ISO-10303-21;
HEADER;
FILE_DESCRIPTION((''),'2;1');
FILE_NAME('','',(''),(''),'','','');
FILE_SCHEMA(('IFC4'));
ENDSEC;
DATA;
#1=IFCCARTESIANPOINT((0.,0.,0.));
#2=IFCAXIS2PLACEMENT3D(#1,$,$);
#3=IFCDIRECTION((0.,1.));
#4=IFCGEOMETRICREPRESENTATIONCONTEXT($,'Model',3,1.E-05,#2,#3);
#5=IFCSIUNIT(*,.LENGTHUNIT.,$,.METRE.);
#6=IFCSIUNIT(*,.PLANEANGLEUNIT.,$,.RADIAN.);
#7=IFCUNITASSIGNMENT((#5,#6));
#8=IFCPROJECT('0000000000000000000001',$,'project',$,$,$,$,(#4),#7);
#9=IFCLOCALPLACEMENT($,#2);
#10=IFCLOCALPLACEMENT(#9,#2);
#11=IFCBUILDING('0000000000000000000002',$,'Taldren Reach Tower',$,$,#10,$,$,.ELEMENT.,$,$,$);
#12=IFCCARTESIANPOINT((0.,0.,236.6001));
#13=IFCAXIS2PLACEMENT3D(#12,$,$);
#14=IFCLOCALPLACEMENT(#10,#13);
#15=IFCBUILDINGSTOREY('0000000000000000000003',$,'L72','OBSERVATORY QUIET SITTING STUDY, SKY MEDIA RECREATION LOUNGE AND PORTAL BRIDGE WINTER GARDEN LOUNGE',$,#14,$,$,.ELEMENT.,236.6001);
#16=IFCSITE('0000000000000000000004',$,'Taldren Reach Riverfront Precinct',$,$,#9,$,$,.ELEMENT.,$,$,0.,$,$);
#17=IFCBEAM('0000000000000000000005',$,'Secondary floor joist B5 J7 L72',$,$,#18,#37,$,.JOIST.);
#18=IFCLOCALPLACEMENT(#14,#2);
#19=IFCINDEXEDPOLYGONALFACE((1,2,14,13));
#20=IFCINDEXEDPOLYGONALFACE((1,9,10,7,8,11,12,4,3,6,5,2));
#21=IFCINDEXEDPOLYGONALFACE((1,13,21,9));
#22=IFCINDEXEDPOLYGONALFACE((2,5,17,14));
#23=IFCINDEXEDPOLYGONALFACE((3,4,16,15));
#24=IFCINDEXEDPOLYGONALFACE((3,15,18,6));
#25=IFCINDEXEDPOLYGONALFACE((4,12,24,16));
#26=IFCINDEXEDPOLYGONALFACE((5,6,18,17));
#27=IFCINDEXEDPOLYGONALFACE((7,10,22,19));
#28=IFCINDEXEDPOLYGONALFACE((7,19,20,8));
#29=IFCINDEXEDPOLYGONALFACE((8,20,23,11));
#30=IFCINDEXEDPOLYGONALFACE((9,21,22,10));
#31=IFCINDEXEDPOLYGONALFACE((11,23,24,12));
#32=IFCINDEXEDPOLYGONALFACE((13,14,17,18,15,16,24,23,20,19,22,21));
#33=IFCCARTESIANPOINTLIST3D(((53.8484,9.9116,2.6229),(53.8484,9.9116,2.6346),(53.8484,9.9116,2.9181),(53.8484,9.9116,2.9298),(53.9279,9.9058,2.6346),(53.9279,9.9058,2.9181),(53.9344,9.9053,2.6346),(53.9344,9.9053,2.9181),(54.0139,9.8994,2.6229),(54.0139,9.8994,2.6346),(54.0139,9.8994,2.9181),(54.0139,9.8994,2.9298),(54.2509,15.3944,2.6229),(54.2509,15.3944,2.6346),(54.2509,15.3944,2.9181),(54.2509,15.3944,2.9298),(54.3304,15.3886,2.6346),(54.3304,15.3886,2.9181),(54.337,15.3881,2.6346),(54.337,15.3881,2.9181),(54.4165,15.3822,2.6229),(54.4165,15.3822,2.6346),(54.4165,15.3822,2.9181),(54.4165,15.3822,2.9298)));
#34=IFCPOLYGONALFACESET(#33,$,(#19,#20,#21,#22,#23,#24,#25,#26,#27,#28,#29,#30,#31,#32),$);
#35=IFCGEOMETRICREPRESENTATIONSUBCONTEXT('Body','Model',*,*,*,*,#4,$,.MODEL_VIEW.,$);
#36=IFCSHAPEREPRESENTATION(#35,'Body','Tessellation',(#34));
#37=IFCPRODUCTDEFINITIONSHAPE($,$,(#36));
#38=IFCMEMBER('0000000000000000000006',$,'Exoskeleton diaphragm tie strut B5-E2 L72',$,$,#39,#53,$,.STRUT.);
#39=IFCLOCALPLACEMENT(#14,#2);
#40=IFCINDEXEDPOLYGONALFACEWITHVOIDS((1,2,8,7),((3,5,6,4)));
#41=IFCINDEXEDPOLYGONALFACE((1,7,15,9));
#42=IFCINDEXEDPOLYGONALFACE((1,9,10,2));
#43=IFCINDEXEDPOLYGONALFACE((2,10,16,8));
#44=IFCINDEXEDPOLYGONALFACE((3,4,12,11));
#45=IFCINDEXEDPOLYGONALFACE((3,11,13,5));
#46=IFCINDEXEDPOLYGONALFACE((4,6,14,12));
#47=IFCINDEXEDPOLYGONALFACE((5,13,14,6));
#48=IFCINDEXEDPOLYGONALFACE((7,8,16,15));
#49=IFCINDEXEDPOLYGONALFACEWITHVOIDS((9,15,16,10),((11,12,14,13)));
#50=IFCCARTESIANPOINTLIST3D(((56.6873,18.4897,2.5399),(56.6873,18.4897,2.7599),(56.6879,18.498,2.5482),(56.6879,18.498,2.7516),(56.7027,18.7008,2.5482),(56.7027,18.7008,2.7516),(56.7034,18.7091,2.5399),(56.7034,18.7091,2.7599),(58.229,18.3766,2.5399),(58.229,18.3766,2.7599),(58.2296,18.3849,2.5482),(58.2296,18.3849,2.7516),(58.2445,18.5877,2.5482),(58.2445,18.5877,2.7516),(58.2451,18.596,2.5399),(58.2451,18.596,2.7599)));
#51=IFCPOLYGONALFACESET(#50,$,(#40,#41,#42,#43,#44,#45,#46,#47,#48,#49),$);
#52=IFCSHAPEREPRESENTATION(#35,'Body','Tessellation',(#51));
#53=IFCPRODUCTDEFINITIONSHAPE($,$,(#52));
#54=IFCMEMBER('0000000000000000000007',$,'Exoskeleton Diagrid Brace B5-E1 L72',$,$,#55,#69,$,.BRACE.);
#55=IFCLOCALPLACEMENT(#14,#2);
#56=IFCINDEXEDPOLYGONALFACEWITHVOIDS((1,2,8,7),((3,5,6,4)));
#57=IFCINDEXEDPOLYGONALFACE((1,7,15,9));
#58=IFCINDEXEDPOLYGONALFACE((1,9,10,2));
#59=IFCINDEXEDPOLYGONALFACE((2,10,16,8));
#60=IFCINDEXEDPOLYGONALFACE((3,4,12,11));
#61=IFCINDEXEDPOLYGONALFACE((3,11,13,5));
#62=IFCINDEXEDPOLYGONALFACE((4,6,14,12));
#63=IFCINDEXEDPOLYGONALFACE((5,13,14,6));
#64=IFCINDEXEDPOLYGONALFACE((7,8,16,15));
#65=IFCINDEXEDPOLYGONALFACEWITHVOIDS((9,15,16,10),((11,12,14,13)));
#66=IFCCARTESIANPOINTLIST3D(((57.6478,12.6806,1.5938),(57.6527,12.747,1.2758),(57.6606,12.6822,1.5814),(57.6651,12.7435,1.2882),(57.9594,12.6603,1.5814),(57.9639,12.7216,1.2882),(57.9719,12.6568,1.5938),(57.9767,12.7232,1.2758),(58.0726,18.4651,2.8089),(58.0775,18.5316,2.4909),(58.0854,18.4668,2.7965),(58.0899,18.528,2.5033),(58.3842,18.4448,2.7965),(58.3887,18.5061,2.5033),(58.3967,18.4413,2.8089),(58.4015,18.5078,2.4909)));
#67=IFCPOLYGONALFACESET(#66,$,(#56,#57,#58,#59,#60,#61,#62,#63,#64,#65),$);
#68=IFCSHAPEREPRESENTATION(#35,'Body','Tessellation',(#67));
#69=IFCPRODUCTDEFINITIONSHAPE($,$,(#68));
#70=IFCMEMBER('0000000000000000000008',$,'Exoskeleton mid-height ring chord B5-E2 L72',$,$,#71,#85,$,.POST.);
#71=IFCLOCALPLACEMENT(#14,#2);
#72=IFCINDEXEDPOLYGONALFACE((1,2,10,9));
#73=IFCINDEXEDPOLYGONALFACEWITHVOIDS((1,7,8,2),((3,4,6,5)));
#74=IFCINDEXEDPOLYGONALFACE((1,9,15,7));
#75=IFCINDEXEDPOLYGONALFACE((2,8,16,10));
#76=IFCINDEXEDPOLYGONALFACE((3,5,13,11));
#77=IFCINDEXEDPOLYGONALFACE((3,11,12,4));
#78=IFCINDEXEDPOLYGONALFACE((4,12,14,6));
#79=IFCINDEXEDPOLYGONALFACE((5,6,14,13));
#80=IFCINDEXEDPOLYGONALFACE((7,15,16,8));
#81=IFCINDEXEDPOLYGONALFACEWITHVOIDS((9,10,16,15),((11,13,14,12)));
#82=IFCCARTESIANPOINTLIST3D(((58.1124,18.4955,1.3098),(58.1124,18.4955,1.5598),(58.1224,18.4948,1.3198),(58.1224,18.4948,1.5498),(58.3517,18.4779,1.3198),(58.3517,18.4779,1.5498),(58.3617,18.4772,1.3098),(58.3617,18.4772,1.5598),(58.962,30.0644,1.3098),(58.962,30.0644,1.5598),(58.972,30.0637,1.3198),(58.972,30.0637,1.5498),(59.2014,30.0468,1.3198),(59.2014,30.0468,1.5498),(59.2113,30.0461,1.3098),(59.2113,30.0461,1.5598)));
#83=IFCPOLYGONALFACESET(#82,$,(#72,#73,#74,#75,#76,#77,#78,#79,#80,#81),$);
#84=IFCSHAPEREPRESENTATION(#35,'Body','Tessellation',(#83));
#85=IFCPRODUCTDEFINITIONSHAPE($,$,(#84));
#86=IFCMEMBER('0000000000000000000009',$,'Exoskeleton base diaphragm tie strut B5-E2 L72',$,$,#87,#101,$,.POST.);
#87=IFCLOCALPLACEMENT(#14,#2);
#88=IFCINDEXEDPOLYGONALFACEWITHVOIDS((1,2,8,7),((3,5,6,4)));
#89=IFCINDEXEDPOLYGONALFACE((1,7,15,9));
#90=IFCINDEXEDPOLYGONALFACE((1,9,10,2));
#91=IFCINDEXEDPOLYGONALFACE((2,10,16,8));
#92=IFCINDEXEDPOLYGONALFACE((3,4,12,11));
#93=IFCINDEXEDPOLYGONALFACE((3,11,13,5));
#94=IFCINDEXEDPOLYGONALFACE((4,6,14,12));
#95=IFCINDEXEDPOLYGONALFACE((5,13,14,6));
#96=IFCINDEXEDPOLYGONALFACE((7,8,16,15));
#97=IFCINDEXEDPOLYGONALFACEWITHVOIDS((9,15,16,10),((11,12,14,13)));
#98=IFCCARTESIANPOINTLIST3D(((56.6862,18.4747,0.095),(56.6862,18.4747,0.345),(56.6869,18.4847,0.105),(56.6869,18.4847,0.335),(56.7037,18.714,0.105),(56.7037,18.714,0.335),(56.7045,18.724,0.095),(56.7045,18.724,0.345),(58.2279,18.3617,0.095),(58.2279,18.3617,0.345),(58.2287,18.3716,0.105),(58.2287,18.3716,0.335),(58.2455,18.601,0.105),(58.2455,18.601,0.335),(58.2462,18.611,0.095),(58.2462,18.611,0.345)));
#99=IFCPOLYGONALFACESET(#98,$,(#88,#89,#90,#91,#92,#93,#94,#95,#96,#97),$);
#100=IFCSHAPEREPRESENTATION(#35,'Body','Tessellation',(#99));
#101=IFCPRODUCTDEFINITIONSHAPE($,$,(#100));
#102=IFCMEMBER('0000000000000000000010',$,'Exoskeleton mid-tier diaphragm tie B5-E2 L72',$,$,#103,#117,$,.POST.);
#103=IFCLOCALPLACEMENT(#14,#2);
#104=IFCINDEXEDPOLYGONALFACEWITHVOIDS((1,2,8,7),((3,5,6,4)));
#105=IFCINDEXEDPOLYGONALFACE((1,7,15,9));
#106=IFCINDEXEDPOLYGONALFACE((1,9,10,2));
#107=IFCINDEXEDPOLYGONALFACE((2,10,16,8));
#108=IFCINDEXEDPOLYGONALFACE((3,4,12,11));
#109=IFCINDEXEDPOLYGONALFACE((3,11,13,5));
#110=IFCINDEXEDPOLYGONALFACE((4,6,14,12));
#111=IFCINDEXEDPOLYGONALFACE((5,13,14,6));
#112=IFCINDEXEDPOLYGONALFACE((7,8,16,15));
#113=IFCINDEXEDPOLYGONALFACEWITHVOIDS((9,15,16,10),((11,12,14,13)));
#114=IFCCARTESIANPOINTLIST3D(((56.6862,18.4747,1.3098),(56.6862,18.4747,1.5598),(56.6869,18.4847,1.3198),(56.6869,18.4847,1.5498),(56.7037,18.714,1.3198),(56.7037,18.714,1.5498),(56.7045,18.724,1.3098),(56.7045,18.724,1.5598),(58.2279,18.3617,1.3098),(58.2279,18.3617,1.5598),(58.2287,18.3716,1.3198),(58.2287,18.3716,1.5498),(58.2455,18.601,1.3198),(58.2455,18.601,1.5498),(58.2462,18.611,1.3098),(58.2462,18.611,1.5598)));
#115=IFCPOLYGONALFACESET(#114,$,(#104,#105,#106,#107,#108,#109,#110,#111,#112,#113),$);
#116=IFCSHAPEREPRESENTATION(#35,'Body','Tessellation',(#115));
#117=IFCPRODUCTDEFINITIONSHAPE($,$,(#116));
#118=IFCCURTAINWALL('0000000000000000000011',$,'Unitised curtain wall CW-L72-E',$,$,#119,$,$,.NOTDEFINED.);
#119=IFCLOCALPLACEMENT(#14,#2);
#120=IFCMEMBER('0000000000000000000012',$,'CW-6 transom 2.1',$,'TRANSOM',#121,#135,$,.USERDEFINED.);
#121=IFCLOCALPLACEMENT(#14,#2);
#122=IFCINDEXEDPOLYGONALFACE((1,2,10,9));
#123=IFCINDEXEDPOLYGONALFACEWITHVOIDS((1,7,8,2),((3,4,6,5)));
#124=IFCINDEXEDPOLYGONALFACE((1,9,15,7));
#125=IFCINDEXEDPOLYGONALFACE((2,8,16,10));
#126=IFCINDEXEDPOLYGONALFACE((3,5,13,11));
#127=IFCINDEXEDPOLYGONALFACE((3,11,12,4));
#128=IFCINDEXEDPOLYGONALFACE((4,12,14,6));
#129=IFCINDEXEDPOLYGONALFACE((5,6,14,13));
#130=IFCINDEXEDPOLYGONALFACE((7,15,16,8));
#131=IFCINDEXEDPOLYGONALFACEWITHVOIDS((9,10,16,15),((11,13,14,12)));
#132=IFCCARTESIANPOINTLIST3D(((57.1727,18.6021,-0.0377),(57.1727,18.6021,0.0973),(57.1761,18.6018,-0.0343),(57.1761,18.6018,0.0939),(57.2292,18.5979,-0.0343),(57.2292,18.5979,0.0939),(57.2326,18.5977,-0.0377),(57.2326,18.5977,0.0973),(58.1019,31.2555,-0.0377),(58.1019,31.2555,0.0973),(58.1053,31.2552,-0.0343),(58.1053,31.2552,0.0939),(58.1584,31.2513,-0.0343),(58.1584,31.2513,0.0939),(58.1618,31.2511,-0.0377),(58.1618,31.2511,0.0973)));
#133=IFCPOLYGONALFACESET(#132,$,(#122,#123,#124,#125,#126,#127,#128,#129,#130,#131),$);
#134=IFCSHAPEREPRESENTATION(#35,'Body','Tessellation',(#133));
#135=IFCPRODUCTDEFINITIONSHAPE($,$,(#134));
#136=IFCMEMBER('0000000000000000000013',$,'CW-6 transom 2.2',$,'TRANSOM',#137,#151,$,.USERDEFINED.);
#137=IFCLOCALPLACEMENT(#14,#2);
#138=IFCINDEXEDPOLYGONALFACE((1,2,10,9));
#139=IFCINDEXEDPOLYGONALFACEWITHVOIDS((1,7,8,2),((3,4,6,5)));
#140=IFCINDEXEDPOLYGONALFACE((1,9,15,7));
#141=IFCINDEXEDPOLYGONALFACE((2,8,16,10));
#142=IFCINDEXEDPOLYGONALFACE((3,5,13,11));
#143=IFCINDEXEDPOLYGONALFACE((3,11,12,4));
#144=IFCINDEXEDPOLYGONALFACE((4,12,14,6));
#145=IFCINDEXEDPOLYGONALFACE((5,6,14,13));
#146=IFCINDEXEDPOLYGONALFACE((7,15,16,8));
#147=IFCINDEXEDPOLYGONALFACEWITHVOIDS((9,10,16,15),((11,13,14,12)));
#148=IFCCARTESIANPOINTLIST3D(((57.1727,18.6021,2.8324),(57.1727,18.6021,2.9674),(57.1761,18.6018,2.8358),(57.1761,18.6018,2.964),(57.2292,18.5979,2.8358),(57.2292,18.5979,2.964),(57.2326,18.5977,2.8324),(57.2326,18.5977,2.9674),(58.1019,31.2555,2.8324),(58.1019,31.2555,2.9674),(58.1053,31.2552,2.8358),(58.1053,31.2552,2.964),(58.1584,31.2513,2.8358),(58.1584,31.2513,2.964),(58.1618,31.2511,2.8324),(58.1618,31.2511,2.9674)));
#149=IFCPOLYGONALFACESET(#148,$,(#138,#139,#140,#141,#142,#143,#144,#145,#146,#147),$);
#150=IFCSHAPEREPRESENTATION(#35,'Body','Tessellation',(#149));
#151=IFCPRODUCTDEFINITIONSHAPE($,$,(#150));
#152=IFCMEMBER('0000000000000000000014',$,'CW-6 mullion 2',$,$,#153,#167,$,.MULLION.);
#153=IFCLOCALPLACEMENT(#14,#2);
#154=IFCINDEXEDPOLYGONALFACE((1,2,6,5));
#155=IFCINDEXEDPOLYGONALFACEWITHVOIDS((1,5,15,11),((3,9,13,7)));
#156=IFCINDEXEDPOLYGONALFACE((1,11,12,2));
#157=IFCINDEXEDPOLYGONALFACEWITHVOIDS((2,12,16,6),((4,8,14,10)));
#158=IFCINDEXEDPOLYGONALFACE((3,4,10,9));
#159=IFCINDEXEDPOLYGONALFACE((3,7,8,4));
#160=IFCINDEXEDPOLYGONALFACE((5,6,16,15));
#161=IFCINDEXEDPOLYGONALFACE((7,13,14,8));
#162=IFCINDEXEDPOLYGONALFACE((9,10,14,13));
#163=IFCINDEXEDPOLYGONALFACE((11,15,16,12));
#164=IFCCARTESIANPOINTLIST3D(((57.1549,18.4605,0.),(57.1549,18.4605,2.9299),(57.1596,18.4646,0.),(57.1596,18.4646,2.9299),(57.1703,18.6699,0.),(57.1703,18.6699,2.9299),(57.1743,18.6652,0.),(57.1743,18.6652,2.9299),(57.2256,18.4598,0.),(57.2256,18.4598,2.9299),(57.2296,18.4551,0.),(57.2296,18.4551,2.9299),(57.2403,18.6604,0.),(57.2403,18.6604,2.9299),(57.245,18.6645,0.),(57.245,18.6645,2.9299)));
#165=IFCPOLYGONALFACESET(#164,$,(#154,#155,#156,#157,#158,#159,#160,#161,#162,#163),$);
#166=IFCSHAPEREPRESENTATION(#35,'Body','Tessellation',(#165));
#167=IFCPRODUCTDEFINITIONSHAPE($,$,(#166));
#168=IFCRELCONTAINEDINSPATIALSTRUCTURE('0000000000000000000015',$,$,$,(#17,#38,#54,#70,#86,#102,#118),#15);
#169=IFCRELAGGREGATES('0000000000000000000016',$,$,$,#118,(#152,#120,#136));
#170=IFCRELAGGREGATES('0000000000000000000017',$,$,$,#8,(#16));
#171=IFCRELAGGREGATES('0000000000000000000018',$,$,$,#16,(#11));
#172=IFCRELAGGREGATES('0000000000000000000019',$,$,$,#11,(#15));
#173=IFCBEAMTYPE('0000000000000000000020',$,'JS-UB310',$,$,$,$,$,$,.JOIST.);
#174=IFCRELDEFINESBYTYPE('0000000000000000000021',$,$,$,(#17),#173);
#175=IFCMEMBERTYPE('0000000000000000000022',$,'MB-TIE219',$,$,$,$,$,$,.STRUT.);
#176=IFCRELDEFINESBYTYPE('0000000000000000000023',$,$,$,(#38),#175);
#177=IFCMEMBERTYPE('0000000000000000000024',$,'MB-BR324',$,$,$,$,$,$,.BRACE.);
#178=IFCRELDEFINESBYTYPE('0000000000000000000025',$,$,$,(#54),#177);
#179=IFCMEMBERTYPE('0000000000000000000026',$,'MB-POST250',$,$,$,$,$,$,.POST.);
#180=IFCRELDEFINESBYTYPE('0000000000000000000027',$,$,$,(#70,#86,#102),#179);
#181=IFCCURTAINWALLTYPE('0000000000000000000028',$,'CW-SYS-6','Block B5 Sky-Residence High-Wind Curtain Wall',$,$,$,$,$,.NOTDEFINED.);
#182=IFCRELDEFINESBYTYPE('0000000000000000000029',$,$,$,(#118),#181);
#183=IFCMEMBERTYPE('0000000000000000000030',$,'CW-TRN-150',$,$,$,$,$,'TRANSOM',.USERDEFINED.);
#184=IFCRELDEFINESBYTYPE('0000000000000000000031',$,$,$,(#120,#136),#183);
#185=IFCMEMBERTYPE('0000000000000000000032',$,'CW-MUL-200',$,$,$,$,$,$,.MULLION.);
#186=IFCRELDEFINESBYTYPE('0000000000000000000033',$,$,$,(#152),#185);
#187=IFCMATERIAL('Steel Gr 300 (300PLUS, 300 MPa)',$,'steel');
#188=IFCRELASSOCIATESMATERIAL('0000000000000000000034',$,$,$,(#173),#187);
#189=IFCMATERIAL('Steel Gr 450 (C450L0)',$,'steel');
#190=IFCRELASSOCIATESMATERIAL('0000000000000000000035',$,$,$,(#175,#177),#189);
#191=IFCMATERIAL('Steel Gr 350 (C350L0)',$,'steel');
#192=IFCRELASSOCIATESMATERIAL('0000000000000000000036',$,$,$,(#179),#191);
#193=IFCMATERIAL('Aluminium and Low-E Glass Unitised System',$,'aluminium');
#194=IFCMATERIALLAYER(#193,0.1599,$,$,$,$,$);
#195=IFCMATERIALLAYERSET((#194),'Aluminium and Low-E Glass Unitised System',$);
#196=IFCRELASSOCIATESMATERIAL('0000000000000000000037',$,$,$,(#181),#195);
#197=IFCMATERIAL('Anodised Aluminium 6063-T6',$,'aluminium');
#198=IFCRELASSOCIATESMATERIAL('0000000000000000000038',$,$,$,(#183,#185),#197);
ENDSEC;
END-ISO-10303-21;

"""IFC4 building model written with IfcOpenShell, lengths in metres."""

from ifc_helpers import new_model, si_unit, direction, frame, origin, origin_2d, place, context, subcontext, project, spatial, hollow_rectangle, i_section, extrude, source, transform, mapped, material, layer, layer_set, material_profile, profile_set, type_object, element, aggregate, save


model = new_model("IFC4")

# Units and contexts
model_context = context("Model", 3, precision=1e-05, world=origin(), true_north=direction((0.0, 1.0)))
body_context = subcontext(model_context, "Body", "Model", "MODEL_VIEW")
ifc_project = project(units=[si_unit("LENGTHUNIT", "METRE"), si_unit("PLANEANGLEUNIT", "RADIAN")], contexts=[model_context])

# Site, building, storey
site_placement = place(None, origin())
site = spatial("IfcSite", under=ifc_project, at=site_placement, Name="Taldren Reach Riverfront Precinct", CompositionType="ELEMENT", RefElevation=0.0)
building_placement = place(site_placement, origin())
building = spatial("IfcBuilding", under=site, at=building_placement, Name="Taldren Reach Tower", CompositionType="ELEMENT")
storey_placement = place(building_placement, frame((0.0, 0.0, 236.6001)))
storey = spatial("IfcBuildingStorey", under=building, at=storey_placement, Name="L72", Description="OBSERVATORY QUIET SITTING STUDY, SKY MEDIA RECREATION LOUNGE AND PORTAL BRIDGE WINTER GARDEN LOUNGE", CompositionType="ELEMENT", Elevation=236.6001)

# Shared definitions
ifc_material_1 = material(Name="Steel Gr 450 (C450L0)", Category="steel")

# Beam
ifc_material_2 = material(Name="Steel Gr 300 (300PLUS, 300 MPa)", Category="steel")
ifc_material_profile_1 = material_profile(ifc_material_2, i_section(OverallWidth=0.166, OverallDepth=0.3069, WebThickness=0.0066, FlangeThickness=0.0117, at=origin_2d()), Name="310UB46.2")
ifc_profile_set_1 = profile_set([ifc_material_profile_1], Name="Steel Gr 300 (300PLUS, 300 MPa)")
beam_type_1 = type_object("IfcBeamType", Name="JS-UB310", PredefinedType="JOIST", material=ifc_profile_set_1)
shared_shape_1 = source(origin(), body_context, "Body", "SweptSolid", [
    extrude(i_section(OverallWidth=0.166, OverallDepth=0.3069, WebThickness=0.0066, FlangeThickness=0.0117, at=origin_2d()), origin(), (0.0, 0.0, 1.0), 5.4976),
])
beam_1_placement = place(storey_placement, frame((53.9312, 9.9055, 2.7764), z_axis=(0.073229, 0.997315, 0.0), x_axis=(-0.997315, 0.073229, 0.0)))
element("IfcBeam", 1, at=beam_1_placement, inside=storey, type_object=beam_type_1, Name="Secondary floor joist B5 J7 L72", PredefinedType="JOIST", context=body_context, shape_type="MappedRepresentation", body=[
    mapped(shared_shape_1, transform((0.0, 0.0, 0.0), scale=1.0)),
])

# Members
ifc_material_profile_2 = material_profile(ifc_material_1, hollow_rectangle(XDim=0.22, YDim=0.22, WallThickness=0.0083, at=origin_2d()), Name="220x220x8.2SHS")
ifc_profile_set_2 = profile_set([ifc_material_profile_2], Name="Steel Gr 450 (C450L0)")
member_type_1 = type_object("IfcMemberType", Name="MB-TIE219", PredefinedType="STRUT", material=ifc_profile_set_2)
shared_shape_2 = source(origin(), body_context, "Body", "SweptSolid", [
    extrude(hollow_rectangle(XDim=0.22, YDim=0.22, WallThickness=0.0083, at=origin_2d()), origin(), (0.0, 0.0, 1.0), 1.5459),
])
member_1_placement = place(storey_placement, frame((56.6953, 18.5994, 2.6499), z_axis=(0.997323, -0.073121, 0.0), x_axis=(0.073121, 0.997323, 0.0)))
element("IfcMember", 2, at=member_1_placement, inside=storey, type_object=member_type_1, Name="Exoskeleton diaphragm tie strut B5-E2 L72", PredefinedType="STRUT", context=body_context, shape_type="MappedRepresentation", body=[
    mapped(shared_shape_2, transform((0.0, 0.0, 0.0), scale=1.0)),
])
ifc_material_profile_3 = material_profile(ifc_material_1, hollow_rectangle(XDim=0.325, YDim=0.325, WallThickness=0.0127, at=origin_2d()), Name="325x325x12.7SHS")
ifc_profile_set_3 = profile_set([ifc_material_profile_3], Name="Steel Gr 450 (C450L0)")
member_type_2 = type_object("IfcMemberType", Name="MB-BR324", PredefinedType="BRACE", material=ifc_profile_set_3)
shared_shape_3 = source(origin(), body_context, "Body", "SweptSolid", [
    extrude(hollow_rectangle(XDim=0.325, YDim=0.325, WallThickness=0.0127, at=origin_2d()), origin(), (0.0, 0.0, 1.0), 5.926),
])
member_2_placement = place(storey_placement, frame((57.8123, 12.7019, 1.4348), z_axis=(0.071686, 0.976123, 0.205046), x_axis=(-0.997314, 0.073242, 0.0)))
element("IfcMember", 3, at=member_2_placement, inside=storey, type_object=member_type_2, Name="Exoskeleton Diagrid Brace B5-E1 L72", PredefinedType="BRACE", context=body_context, shape_type="MappedRepresentation", body=[
    mapped(shared_shape_3, transform((0.0, 0.0, 0.0), scale=1.0)),
])
ifc_material_3 = material(Name="Steel Gr 350 (C350L0)", Category="steel")
ifc_material_profile_4 = material_profile(ifc_material_3, hollow_rectangle(XDim=0.25, YDim=0.25, WallThickness=0.01, at=origin_2d()), Name="250x250x10.0SHS")
ifc_profile_set_4 = profile_set([ifc_material_profile_4], Name="Steel Gr 350 (C350L0)")
member_type_3 = type_object("IfcMemberType", Name="MB-POST250", PredefinedType="POST", material=ifc_profile_set_4)
shared_shape_4 = source(origin(), body_context, "Body", "SweptSolid", [
    extrude(hollow_rectangle(XDim=0.25, YDim=0.25, WallThickness=0.01, at=origin_2d()), origin(), (0.0, 0.0, 1.0), 11.6001),
])
member_3_placement = place(storey_placement, frame((58.2371, 18.4863, 1.4348), z_axis=(0.073242, 0.997314, 0.0), x_axis=(-0.997314, 0.073242, 0.0)))
element("IfcMember", 4, at=member_3_placement, inside=storey, type_object=member_type_3, Name="Exoskeleton mid-height ring chord B5-E2 L72", PredefinedType="POST", context=body_context, shape_type="MappedRepresentation", body=[
    mapped(shared_shape_4, transform((0.0, 0.0, 0.0), scale=1.0)),
])
shared_shape_5 = source(origin(), body_context, "Body", "SweptSolid", [
    extrude(hollow_rectangle(XDim=0.25, YDim=0.25, WallThickness=0.01, at=origin_2d()), origin(), (0.0, 0.0, 1.0), 1.5459),
])
for number, where, z_axis, x_axis, name in (
    (5, (56.6953, 18.5994, 0.22), (0.997323, -0.073121, 0.0), (0.073121, 0.997323, 0.0), "Exoskeleton base diaphragm tie strut B5-E2 L72"),
    (6, (56.6953, 18.5994, 1.4348), (0.997323, -0.073121, 0.0), (0.073121, 0.997323, 0.0), "Exoskeleton mid-tier diaphragm tie B5-E2 L72"),
):
    element("IfcMember", number, at=place(storey_placement, frame(where, z_axis=z_axis, x_axis=x_axis)), inside=storey, type_object=member_type_3, Name=name, PredefinedType="POST", context=body_context, shape_type="MappedRepresentation", body=[
        mapped(shared_shape_5, transform((0.0, 0.0, 0.0), scale=1.0)),
    ])

# Curtain wall, members
ifc_material_4 = material(Name="Aluminium and Low-E Glass Unitised System", Category="aluminium")
ifc_layer_1 = layer(ifc_material_4, 0.1599)
ifc_layer_set_1 = layer_set([ifc_layer_1], Name="Aluminium and Low-E Glass Unitised System")
curtain_wall_type = type_object("IfcCurtainWallType", Name="CW-SYS-6", Description="Block B5 Sky-Residence High-Wind Curtain Wall", PredefinedType="NOTDEFINED", material=ifc_layer_set_1)
curtain_wall_placement = place(storey_placement, origin())
curtain_wall = element("IfcCurtainWall", 7, at=curtain_wall_placement, inside=storey, type_object=curtain_wall_type, Name="Unitised curtain wall CW-L72-E", PredefinedType="NOTDEFINED")
ifc_material_5 = material(Name="Anodised Aluminium 6063-T6", Category="aluminium")
ifc_material_profile_5 = material_profile(ifc_material_5, hollow_rectangle(XDim=0.0601, YDim=0.135, WallThickness=0.0034, at=origin_2d()), Name="ALU-135x60x3.5RHS")
ifc_profile_set_5 = profile_set([ifc_material_profile_5], Name="Anodised Aluminium 6063-T6")
member_type_4 = type_object("IfcMemberType", Name="CW-TRN-150", ElementType="TRANSOM", PredefinedType="USERDEFINED", material=ifc_profile_set_5)
shared_shape_6 = source(origin(), body_context, "Body", "SweptSolid", [
    extrude(hollow_rectangle(XDim=0.0601, YDim=0.135, WallThickness=0.0034, at=origin_2d()), origin(), (0.0, 0.0, 1.0), 12.6875),
])
member_4_placement = place(storey_placement, frame((57.2026, 18.5999, 0.0298), z_axis=(0.073238, 0.997314, 0.0), x_axis=(-0.997314, 0.073238, 0.0)))
member_4 = element("IfcMember", 8, at=member_4_placement, type_object=member_type_4, Name="CW-6 transom 2.1", ObjectType="TRANSOM", PredefinedType="USERDEFINED", context=body_context, shape_type="MappedRepresentation", body=[
    mapped(shared_shape_6, transform((0.0, 0.0, 0.0), scale=1.0)),
])
member_5_placement = place(storey_placement, frame((57.2026, 18.5999, 2.8999), z_axis=(0.073238, 0.997314, 0.0), x_axis=(-0.997314, 0.073238, 0.0)))
member_5 = element("IfcMember", 9, at=member_5_placement, type_object=member_type_4, Name="CW-6 transom 2.2", ObjectType="TRANSOM", PredefinedType="USERDEFINED", context=body_context, shape_type="MappedRepresentation", body=[
    mapped(shared_shape_6, transform((0.0, 0.0, 0.0), scale=1.0)),
])
ifc_material_profile_6 = material_profile(ifc_material_5, hollow_rectangle(XDim=0.075, YDim=0.21, WallThickness=0.0044, at=origin_2d()), Name="ALU-210x75x4.5RHS")
ifc_profile_set_6 = profile_set([ifc_material_profile_6], Name="Anodised Aluminium 6063-T6")
member_type_5 = type_object("IfcMemberType", Name="CW-MUL-200", PredefinedType="MULLION", material=ifc_profile_set_6)
shared_shape_7 = source(origin(), body_context, "Body", "SweptSolid", [
    extrude(hollow_rectangle(XDim=0.075, YDim=0.21, WallThickness=0.0044, at=origin_2d()), origin(), (0.0, 0.0, 1.0), 2.9299),
])
member_6_placement = place(storey_placement, frame((57.2, 18.5625, 0.0), z_axis=(0.0, 0.0, 1.0), x_axis=(-0.997314, 0.073238, 0.0)))
member_6 = element("IfcMember", 10, at=member_6_placement, type_object=member_type_5, Name="CW-6 mullion 2", PredefinedType="MULLION", context=body_context, shape_type="MappedRepresentation", body=[
    mapped(shared_shape_7, transform((0.0, 0.0, 0.0), scale=1.0)),
])

aggregate(curtain_wall, [member_6, member_4, member_5])

save(model, "model.ifc")
